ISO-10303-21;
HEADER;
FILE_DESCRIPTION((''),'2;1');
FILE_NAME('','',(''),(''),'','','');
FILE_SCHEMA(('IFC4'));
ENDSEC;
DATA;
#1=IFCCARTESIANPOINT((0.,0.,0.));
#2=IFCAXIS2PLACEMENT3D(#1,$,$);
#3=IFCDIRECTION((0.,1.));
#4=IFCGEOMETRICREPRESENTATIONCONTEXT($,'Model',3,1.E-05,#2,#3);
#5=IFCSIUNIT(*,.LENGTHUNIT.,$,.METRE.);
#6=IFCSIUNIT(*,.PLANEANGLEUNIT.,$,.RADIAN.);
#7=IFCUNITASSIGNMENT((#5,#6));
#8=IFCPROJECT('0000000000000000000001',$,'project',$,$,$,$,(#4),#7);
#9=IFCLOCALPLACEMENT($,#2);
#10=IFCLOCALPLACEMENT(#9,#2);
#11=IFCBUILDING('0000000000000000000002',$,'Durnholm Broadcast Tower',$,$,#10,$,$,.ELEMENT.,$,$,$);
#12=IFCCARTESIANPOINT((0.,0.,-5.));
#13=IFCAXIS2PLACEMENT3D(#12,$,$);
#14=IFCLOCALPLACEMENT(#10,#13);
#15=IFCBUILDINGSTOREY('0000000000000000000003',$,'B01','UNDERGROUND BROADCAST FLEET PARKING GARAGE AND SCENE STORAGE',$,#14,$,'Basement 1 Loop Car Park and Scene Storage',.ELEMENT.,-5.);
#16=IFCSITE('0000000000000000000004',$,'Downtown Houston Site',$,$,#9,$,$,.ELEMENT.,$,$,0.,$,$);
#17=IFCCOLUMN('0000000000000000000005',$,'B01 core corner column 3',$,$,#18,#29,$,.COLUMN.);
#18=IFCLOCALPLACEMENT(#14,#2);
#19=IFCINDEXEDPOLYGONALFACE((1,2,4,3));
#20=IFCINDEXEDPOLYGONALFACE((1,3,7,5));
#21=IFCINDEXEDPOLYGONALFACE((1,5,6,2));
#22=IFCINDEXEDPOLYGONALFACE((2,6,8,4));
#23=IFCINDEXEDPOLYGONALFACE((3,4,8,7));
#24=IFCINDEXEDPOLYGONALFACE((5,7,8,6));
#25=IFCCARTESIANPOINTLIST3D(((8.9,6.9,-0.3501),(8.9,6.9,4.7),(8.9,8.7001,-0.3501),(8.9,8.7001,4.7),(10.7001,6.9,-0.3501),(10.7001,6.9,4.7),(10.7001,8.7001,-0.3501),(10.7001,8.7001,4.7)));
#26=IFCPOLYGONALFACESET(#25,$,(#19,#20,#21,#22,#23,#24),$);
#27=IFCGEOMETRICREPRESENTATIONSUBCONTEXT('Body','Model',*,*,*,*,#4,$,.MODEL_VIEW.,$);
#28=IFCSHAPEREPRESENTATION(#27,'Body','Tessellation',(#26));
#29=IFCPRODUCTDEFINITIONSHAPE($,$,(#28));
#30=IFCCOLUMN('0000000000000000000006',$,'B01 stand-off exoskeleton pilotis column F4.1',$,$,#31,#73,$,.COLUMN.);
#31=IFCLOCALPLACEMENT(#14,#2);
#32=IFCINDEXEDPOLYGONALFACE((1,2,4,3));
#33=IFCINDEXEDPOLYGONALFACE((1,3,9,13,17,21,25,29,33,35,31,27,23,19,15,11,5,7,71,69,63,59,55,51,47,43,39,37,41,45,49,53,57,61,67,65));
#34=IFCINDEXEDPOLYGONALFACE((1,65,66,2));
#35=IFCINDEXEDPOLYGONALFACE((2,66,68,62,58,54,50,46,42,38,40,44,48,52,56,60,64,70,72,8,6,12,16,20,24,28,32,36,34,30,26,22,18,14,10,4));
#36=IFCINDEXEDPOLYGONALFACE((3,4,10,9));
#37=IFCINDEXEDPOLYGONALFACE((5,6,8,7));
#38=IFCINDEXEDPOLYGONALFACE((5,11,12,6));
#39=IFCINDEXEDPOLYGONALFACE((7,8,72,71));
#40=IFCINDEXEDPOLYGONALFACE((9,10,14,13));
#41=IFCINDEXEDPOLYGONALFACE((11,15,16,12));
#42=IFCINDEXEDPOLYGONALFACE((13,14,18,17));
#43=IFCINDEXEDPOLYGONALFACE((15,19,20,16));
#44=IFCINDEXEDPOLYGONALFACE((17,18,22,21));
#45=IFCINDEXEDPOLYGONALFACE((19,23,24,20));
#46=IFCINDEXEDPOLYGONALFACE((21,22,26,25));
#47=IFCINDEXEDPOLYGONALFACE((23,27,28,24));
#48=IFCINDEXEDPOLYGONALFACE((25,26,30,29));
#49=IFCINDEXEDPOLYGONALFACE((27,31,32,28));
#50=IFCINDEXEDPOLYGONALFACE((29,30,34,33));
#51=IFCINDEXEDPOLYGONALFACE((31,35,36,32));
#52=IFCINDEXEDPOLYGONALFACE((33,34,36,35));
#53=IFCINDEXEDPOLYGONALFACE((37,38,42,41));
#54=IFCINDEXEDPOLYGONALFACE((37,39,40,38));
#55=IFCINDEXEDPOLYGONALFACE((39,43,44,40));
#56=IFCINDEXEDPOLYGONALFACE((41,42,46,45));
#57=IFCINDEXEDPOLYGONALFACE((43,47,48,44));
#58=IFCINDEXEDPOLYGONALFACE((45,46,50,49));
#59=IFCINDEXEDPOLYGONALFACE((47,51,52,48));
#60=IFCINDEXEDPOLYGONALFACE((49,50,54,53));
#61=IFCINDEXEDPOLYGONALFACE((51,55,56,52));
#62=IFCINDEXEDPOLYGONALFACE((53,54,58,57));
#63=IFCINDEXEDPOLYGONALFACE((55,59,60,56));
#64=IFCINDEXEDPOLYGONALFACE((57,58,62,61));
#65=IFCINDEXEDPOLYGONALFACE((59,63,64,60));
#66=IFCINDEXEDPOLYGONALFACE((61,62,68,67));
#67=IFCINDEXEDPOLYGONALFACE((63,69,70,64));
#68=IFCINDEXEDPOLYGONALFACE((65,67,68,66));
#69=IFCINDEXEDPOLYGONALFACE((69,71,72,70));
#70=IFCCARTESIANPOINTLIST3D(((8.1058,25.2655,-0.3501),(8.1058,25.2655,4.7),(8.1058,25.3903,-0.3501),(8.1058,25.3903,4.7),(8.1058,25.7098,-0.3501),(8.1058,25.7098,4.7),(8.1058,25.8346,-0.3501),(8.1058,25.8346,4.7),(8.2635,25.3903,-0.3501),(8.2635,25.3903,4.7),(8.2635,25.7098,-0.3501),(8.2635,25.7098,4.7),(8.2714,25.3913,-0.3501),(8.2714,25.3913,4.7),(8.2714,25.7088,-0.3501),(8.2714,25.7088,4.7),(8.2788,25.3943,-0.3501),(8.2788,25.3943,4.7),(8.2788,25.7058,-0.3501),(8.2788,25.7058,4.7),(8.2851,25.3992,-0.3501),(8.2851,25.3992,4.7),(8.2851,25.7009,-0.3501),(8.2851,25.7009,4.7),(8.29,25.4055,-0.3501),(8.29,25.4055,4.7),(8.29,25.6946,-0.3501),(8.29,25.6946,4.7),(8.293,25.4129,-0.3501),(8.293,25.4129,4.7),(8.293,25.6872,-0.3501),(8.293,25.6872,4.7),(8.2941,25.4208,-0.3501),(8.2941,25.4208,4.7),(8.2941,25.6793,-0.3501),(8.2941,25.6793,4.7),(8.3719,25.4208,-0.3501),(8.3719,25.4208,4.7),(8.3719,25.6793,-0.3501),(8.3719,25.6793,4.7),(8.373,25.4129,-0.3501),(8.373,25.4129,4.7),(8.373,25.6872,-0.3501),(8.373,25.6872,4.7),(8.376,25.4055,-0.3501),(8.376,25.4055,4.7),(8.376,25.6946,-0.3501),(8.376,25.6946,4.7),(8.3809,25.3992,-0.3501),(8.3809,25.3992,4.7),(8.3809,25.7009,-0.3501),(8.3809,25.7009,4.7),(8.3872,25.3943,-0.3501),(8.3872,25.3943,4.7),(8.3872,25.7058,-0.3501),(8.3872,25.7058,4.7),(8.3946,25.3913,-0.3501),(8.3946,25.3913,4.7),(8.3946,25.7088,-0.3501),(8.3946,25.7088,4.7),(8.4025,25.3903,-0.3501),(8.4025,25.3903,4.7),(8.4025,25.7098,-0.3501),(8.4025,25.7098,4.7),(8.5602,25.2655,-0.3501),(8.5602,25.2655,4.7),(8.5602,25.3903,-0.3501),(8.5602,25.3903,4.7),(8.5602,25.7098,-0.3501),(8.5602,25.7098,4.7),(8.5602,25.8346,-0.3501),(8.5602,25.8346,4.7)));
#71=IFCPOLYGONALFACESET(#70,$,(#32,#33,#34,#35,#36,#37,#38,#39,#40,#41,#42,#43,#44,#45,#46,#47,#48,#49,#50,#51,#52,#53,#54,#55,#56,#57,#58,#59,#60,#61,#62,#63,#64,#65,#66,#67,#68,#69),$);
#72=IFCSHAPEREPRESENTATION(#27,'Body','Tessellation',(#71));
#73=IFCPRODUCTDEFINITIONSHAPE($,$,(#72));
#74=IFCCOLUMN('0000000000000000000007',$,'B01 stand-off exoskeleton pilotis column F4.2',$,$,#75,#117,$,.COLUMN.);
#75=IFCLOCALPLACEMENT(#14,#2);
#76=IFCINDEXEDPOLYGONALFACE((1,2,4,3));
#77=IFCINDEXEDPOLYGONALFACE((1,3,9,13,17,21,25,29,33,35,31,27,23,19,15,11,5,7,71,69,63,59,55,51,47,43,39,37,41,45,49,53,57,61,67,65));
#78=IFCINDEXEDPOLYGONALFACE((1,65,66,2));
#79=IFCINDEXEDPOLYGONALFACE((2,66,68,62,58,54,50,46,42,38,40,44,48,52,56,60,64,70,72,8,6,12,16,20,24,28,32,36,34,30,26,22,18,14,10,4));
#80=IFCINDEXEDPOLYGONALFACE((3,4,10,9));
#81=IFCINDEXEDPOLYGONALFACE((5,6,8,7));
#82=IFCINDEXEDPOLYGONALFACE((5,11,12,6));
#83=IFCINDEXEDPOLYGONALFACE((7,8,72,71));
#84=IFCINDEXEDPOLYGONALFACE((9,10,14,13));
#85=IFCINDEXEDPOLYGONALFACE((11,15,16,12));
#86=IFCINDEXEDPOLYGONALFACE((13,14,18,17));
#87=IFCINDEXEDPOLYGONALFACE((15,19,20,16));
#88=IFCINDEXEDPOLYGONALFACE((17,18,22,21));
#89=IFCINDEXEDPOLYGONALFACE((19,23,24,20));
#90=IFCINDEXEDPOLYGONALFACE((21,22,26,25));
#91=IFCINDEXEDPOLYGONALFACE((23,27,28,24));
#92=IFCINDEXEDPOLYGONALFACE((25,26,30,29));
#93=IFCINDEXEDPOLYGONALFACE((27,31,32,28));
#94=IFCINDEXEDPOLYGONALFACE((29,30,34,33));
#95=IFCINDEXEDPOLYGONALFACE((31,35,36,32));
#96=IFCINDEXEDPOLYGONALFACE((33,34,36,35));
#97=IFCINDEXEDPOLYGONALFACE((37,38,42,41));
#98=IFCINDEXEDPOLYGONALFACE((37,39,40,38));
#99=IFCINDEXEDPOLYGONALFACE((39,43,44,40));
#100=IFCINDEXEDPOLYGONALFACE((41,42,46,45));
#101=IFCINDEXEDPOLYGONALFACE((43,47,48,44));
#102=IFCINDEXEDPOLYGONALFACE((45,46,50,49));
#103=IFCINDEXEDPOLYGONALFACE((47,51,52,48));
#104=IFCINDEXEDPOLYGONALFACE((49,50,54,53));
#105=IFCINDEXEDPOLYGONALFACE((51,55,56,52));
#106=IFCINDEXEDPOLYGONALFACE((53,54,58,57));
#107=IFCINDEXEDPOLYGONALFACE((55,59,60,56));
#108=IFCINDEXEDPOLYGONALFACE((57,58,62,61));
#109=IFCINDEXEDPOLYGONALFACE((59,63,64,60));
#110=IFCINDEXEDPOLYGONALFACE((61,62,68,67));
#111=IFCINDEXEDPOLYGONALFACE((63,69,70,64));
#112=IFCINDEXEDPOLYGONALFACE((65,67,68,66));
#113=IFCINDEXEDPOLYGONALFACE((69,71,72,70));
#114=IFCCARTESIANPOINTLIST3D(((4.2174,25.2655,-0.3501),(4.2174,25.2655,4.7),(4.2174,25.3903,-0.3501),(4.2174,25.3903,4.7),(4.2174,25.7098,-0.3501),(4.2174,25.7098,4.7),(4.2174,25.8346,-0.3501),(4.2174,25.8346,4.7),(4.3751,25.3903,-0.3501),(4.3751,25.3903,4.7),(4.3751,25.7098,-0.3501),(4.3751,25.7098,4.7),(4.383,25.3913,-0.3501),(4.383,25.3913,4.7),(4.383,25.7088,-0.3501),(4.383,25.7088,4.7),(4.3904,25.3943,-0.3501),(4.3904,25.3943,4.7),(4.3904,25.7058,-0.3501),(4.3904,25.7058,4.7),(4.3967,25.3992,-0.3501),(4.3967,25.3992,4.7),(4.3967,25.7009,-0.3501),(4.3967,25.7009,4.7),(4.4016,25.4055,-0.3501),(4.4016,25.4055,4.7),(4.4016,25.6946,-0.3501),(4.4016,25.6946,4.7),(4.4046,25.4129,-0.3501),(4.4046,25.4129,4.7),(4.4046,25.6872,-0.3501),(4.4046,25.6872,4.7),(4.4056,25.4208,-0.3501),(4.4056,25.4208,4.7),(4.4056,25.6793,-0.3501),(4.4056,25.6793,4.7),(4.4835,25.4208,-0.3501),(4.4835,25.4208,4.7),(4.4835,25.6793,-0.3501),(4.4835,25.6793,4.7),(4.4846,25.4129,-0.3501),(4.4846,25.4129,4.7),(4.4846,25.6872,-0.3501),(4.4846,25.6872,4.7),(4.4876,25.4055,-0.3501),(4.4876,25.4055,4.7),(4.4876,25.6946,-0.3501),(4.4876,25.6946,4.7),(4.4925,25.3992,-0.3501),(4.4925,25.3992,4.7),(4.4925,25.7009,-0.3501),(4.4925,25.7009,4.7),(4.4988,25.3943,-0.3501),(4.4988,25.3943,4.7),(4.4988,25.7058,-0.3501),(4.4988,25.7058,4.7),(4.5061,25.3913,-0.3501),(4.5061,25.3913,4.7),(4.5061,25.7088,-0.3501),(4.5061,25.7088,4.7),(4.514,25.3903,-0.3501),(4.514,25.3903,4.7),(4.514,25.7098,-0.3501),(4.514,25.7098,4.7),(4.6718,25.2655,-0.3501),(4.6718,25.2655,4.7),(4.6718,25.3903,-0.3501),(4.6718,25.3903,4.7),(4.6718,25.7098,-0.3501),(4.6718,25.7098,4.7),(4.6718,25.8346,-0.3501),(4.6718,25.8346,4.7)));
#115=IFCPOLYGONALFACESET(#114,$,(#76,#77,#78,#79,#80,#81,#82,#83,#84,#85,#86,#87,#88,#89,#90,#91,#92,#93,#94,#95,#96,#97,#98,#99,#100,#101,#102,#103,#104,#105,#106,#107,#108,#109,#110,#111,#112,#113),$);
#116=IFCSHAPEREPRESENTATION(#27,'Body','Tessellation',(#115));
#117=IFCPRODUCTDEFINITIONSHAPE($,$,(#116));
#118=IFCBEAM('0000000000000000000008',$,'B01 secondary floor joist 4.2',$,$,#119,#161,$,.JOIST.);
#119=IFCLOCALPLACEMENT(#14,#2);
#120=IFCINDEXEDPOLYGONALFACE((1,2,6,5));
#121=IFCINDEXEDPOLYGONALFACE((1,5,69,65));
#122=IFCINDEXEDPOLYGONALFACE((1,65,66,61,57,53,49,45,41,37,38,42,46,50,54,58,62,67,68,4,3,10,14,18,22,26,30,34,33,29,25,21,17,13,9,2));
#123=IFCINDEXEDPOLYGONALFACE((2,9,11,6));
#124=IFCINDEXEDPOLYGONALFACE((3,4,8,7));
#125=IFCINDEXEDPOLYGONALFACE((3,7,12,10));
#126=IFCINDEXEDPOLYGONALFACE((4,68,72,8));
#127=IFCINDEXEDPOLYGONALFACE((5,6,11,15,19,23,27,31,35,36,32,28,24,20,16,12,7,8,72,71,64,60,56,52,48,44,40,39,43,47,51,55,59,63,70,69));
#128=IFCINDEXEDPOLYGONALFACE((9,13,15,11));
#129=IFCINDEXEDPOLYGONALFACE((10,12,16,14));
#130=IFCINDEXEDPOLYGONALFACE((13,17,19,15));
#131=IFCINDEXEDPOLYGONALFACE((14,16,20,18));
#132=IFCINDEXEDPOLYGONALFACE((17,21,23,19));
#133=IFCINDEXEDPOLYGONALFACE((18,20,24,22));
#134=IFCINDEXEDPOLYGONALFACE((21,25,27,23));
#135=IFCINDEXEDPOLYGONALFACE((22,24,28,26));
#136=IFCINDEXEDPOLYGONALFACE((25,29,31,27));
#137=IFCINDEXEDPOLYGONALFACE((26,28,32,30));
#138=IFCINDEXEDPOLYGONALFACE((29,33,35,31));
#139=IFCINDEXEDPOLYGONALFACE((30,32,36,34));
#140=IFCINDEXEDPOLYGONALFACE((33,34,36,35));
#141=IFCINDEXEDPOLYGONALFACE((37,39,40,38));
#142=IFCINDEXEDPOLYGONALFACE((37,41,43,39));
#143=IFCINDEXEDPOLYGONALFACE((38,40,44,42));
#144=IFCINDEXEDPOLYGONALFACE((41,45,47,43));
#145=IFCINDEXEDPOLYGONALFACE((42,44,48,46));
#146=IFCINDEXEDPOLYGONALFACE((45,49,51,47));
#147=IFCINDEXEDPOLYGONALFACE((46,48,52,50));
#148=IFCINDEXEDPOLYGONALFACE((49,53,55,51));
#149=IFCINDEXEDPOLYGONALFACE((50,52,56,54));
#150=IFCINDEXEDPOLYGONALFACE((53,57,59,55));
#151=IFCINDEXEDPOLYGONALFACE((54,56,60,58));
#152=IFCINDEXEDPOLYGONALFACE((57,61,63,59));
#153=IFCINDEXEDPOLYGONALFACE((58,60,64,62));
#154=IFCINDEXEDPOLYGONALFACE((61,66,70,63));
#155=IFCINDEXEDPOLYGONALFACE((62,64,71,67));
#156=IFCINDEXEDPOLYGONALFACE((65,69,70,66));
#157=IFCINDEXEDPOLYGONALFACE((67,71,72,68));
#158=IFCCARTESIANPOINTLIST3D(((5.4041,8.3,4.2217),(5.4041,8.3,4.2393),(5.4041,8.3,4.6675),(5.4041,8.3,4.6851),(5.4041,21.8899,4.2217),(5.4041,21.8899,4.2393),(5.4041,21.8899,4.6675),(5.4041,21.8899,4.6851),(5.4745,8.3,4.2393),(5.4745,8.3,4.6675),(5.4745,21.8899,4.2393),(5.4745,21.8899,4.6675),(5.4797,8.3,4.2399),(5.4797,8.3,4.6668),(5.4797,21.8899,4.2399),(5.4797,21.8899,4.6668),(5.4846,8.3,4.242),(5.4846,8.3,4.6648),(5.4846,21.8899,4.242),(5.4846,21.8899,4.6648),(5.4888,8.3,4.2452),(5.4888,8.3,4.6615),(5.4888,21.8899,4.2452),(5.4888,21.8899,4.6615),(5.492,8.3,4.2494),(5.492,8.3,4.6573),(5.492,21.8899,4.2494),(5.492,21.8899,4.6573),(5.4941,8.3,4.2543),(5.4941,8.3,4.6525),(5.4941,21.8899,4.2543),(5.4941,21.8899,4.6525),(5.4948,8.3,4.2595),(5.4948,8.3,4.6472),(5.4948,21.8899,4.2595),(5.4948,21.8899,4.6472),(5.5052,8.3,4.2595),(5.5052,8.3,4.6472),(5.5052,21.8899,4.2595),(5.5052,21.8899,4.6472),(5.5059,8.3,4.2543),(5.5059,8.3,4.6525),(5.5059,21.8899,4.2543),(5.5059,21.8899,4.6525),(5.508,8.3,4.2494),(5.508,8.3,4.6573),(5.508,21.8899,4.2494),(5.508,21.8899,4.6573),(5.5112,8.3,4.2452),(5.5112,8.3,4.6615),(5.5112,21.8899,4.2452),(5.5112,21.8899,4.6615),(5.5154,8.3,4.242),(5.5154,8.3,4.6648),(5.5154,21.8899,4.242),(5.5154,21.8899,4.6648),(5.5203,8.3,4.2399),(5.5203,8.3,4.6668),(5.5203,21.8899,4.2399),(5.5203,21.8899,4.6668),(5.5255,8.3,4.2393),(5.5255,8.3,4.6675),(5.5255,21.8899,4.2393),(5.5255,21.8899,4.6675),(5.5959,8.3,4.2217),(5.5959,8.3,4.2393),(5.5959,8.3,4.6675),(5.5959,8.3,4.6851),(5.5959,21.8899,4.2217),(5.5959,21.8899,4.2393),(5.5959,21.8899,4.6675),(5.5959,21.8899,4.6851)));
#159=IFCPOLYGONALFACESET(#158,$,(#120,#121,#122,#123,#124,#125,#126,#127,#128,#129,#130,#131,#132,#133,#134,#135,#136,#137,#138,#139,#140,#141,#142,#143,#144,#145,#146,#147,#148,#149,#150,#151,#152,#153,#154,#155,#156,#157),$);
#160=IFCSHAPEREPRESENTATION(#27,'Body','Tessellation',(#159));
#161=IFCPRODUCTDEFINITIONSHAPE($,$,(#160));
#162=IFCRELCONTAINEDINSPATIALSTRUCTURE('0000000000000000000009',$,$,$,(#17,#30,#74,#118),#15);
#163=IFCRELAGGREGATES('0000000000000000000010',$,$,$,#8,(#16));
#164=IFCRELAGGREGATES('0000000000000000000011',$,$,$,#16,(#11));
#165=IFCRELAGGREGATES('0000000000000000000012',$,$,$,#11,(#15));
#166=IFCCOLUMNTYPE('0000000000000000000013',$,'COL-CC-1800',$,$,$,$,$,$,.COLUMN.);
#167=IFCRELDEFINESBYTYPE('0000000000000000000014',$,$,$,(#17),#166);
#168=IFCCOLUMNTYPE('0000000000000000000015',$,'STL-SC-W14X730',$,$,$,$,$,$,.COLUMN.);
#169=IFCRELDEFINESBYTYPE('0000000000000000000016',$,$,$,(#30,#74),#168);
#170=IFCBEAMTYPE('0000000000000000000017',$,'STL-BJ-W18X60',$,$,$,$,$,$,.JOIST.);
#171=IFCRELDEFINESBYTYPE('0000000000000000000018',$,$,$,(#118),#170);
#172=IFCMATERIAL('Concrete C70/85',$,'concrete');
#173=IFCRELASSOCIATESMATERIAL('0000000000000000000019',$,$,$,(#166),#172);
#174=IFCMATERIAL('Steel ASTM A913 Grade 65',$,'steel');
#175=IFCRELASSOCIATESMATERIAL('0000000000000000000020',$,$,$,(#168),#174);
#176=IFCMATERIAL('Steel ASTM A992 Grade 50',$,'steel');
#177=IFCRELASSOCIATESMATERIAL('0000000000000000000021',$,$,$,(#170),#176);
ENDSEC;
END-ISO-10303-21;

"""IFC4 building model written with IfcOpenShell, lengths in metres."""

from ifc_helpers import new_model, si_unit, direction, frame, origin, origin_2d, place, context, subcontext, project, spatial, rectangle, i_section, extrude, source, transform, mapped, material, material_profile, profile_set, type_object, type_shapes, element, save


model = new_model("IFC4")

# Units and contexts
model_context = context("Model", 3, precision=1e-05, world=origin(), true_north=direction((0.0, 1.0)))
body_context = subcontext(model_context, "Body", "Model", "MODEL_VIEW")
ifc_project = project(units=[si_unit("LENGTHUNIT", "METRE"), si_unit("PLANEANGLEUNIT", "RADIAN")], contexts=[model_context])

# Site, building, storey
site_placement = place(None, origin())
site = spatial("IfcSite", under=ifc_project, at=site_placement, Name="Downtown Houston Site", CompositionType="ELEMENT", RefElevation=0.0)
building_placement = place(site_placement, origin())
building = spatial("IfcBuilding", under=site, at=building_placement, Name="Durnholm Broadcast Tower", CompositionType="ELEMENT")
storey_placement = place(building_placement, frame((0.0, 0.0, -5.0)))
storey = spatial("IfcBuildingStorey", under=building, at=storey_placement, Name="B01", Description="UNDERGROUND BROADCAST FLEET PARKING GARAGE AND SCENE STORAGE", LongName="Basement 1 Loop Car Park and Scene Storage", CompositionType="ELEMENT", Elevation=-5.0)

# Columns
ifc_material_1 = material(Name="Concrete C70/85", Category="concrete")
ifc_material_profile_1 = material_profile(ifc_material_1, rectangle(XDim=1.8, YDim=1.8, at=origin_2d()), Name="RC1800X1800")
ifc_profile_set_1 = profile_set([ifc_material_profile_1], Name="Concrete C70/85")
column_type_1 = type_object("IfcColumnType", Name="COL-CC-1800", PredefinedType="COLUMN", material=ifc_profile_set_1)
shared_shape_1 = source(origin(), body_context, "Body", "SweptSolid", [
    extrude(rectangle(XDim=1.8, YDim=1.8, at=origin_2d()), origin(), (0.0, 0.0, 1.0), 5.05),
])
type_shapes(column_type_1, [shared_shape_1])
column_placement = place(storey_placement, frame((9.8, 7.8, -0.3501), z_axis=(0.0, 0.0, 1.0), x_axis=(1.0, 0.0, 0.0)))
element("IfcColumn", 1, at=column_placement, inside=storey, type_object=column_type_1, Name="B01 core corner column 3", PredefinedType="COLUMN", context=body_context, shape_type="MappedRepresentation", body=[
    mapped(shared_shape_1, transform((0.0, 0.0, 0.0), x_axis=(1.0, 0.0, 0.0), y_axis=(0.0, 1.0, 0.0), z_axis=(0.0, 0.0, 1.0), scale=1.0)),
])
ifc_material_2 = material(Name="Steel ASTM A913 Grade 65", Category="steel")
ifc_material_profile_2 = material_profile(ifc_material_2, i_section(OverallWidth=0.4543, OverallDepth=0.5691, WebThickness=0.0779, FlangeThickness=0.1248, FilletRadius=0.0305, at=origin_2d()), Name="W14X730")
ifc_profile_set_2 = profile_set([ifc_material_profile_2], Name="Steel ASTM A913 Grade 65")
column_type_2 = type_object("IfcColumnType", Name="STL-SC-W14X730", PredefinedType="COLUMN", material=ifc_profile_set_2)
shared_shape_2 = source(origin(), body_context, "Body", "SweptSolid", [
    extrude(i_section(OverallWidth=0.4543, OverallDepth=0.5691, WebThickness=0.0779, FlangeThickness=0.1248, FilletRadius=0.0305, at=origin_2d()), origin(), (0.0, 0.0, 1.0), 5.05),
])
type_shapes(column_type_2, [shared_shape_2])
for number, where, z_axis, x_axis, name in (
    (2, (8.333, 25.55, -0.3501), (0.0, 0.0, 1.0), (1.0, 0.0, 0.0), "B01 stand-off exoskeleton pilotis column F4.1"),
    (3, (4.4446, 25.55, -0.3501), (0.0, 0.0, 1.0), (1.0, 0.0, 0.0), "B01 stand-off exoskeleton pilotis column F4.2"),
):
    element("IfcColumn", number, at=place(storey_placement, frame(where, z_axis=z_axis, x_axis=x_axis)), inside=storey, type_object=column_type_2, Name=name, PredefinedType="COLUMN", context=body_context, shape_type="MappedRepresentation", body=[
        mapped(shared_shape_2, transform((0.0, 0.0, 0.0), x_axis=(1.0, 0.0, 0.0), y_axis=(0.0, 1.0, 0.0), z_axis=(0.0, 0.0, 1.0), scale=1.0)),
    ])

# Beam
ifc_material_3 = material(Name="Steel ASTM A992 Grade 50", Category="steel")
ifc_material_profile_3 = material_profile(ifc_material_3, i_section(OverallWidth=0.1919, OverallDepth=0.4634, WebThickness=0.0105, FlangeThickness=0.0176, FilletRadius=0.0203, at=origin_2d()), Name="W18X60")
ifc_profile_set_3 = profile_set([ifc_material_profile_3], Name="Steel ASTM A992 Grade 50")
beam_type = type_object("IfcBeamType", Name="STL-BJ-W18X60", PredefinedType="JOIST", material=ifc_profile_set_3)
shared_shape_3 = source(origin(), body_context, "Body", "SweptSolid", [
    extrude(i_section(OverallWidth=0.1919, OverallDepth=0.4634, WebThickness=0.0105, FlangeThickness=0.0176, FilletRadius=0.0203, at=origin_2d()), origin(), (0.0, 0.0, 1.0), 13.5898),
])
type_shapes(beam_type, [shared_shape_3])
beam_placement = place(storey_placement, frame((5.5, 8.3, 4.4534), z_axis=(0.0, 1.0, 0.0), x_axis=(-1.0, 0.0, 0.0)))
element("IfcBeam", 4, at=beam_placement, inside=storey, type_object=beam_type, Name="B01 secondary floor joist 4.2", PredefinedType="JOIST", context=body_context, shape_type="MappedRepresentation", body=[
    mapped(shared_shape_3, transform((0.0, 0.0, 0.0), x_axis=(1.0, 0.0, 0.0), y_axis=(0.0, 1.0, 0.0), z_axis=(0.0, 0.0, 1.0), scale=1.0)),
])

save(model, "model.ifc")
